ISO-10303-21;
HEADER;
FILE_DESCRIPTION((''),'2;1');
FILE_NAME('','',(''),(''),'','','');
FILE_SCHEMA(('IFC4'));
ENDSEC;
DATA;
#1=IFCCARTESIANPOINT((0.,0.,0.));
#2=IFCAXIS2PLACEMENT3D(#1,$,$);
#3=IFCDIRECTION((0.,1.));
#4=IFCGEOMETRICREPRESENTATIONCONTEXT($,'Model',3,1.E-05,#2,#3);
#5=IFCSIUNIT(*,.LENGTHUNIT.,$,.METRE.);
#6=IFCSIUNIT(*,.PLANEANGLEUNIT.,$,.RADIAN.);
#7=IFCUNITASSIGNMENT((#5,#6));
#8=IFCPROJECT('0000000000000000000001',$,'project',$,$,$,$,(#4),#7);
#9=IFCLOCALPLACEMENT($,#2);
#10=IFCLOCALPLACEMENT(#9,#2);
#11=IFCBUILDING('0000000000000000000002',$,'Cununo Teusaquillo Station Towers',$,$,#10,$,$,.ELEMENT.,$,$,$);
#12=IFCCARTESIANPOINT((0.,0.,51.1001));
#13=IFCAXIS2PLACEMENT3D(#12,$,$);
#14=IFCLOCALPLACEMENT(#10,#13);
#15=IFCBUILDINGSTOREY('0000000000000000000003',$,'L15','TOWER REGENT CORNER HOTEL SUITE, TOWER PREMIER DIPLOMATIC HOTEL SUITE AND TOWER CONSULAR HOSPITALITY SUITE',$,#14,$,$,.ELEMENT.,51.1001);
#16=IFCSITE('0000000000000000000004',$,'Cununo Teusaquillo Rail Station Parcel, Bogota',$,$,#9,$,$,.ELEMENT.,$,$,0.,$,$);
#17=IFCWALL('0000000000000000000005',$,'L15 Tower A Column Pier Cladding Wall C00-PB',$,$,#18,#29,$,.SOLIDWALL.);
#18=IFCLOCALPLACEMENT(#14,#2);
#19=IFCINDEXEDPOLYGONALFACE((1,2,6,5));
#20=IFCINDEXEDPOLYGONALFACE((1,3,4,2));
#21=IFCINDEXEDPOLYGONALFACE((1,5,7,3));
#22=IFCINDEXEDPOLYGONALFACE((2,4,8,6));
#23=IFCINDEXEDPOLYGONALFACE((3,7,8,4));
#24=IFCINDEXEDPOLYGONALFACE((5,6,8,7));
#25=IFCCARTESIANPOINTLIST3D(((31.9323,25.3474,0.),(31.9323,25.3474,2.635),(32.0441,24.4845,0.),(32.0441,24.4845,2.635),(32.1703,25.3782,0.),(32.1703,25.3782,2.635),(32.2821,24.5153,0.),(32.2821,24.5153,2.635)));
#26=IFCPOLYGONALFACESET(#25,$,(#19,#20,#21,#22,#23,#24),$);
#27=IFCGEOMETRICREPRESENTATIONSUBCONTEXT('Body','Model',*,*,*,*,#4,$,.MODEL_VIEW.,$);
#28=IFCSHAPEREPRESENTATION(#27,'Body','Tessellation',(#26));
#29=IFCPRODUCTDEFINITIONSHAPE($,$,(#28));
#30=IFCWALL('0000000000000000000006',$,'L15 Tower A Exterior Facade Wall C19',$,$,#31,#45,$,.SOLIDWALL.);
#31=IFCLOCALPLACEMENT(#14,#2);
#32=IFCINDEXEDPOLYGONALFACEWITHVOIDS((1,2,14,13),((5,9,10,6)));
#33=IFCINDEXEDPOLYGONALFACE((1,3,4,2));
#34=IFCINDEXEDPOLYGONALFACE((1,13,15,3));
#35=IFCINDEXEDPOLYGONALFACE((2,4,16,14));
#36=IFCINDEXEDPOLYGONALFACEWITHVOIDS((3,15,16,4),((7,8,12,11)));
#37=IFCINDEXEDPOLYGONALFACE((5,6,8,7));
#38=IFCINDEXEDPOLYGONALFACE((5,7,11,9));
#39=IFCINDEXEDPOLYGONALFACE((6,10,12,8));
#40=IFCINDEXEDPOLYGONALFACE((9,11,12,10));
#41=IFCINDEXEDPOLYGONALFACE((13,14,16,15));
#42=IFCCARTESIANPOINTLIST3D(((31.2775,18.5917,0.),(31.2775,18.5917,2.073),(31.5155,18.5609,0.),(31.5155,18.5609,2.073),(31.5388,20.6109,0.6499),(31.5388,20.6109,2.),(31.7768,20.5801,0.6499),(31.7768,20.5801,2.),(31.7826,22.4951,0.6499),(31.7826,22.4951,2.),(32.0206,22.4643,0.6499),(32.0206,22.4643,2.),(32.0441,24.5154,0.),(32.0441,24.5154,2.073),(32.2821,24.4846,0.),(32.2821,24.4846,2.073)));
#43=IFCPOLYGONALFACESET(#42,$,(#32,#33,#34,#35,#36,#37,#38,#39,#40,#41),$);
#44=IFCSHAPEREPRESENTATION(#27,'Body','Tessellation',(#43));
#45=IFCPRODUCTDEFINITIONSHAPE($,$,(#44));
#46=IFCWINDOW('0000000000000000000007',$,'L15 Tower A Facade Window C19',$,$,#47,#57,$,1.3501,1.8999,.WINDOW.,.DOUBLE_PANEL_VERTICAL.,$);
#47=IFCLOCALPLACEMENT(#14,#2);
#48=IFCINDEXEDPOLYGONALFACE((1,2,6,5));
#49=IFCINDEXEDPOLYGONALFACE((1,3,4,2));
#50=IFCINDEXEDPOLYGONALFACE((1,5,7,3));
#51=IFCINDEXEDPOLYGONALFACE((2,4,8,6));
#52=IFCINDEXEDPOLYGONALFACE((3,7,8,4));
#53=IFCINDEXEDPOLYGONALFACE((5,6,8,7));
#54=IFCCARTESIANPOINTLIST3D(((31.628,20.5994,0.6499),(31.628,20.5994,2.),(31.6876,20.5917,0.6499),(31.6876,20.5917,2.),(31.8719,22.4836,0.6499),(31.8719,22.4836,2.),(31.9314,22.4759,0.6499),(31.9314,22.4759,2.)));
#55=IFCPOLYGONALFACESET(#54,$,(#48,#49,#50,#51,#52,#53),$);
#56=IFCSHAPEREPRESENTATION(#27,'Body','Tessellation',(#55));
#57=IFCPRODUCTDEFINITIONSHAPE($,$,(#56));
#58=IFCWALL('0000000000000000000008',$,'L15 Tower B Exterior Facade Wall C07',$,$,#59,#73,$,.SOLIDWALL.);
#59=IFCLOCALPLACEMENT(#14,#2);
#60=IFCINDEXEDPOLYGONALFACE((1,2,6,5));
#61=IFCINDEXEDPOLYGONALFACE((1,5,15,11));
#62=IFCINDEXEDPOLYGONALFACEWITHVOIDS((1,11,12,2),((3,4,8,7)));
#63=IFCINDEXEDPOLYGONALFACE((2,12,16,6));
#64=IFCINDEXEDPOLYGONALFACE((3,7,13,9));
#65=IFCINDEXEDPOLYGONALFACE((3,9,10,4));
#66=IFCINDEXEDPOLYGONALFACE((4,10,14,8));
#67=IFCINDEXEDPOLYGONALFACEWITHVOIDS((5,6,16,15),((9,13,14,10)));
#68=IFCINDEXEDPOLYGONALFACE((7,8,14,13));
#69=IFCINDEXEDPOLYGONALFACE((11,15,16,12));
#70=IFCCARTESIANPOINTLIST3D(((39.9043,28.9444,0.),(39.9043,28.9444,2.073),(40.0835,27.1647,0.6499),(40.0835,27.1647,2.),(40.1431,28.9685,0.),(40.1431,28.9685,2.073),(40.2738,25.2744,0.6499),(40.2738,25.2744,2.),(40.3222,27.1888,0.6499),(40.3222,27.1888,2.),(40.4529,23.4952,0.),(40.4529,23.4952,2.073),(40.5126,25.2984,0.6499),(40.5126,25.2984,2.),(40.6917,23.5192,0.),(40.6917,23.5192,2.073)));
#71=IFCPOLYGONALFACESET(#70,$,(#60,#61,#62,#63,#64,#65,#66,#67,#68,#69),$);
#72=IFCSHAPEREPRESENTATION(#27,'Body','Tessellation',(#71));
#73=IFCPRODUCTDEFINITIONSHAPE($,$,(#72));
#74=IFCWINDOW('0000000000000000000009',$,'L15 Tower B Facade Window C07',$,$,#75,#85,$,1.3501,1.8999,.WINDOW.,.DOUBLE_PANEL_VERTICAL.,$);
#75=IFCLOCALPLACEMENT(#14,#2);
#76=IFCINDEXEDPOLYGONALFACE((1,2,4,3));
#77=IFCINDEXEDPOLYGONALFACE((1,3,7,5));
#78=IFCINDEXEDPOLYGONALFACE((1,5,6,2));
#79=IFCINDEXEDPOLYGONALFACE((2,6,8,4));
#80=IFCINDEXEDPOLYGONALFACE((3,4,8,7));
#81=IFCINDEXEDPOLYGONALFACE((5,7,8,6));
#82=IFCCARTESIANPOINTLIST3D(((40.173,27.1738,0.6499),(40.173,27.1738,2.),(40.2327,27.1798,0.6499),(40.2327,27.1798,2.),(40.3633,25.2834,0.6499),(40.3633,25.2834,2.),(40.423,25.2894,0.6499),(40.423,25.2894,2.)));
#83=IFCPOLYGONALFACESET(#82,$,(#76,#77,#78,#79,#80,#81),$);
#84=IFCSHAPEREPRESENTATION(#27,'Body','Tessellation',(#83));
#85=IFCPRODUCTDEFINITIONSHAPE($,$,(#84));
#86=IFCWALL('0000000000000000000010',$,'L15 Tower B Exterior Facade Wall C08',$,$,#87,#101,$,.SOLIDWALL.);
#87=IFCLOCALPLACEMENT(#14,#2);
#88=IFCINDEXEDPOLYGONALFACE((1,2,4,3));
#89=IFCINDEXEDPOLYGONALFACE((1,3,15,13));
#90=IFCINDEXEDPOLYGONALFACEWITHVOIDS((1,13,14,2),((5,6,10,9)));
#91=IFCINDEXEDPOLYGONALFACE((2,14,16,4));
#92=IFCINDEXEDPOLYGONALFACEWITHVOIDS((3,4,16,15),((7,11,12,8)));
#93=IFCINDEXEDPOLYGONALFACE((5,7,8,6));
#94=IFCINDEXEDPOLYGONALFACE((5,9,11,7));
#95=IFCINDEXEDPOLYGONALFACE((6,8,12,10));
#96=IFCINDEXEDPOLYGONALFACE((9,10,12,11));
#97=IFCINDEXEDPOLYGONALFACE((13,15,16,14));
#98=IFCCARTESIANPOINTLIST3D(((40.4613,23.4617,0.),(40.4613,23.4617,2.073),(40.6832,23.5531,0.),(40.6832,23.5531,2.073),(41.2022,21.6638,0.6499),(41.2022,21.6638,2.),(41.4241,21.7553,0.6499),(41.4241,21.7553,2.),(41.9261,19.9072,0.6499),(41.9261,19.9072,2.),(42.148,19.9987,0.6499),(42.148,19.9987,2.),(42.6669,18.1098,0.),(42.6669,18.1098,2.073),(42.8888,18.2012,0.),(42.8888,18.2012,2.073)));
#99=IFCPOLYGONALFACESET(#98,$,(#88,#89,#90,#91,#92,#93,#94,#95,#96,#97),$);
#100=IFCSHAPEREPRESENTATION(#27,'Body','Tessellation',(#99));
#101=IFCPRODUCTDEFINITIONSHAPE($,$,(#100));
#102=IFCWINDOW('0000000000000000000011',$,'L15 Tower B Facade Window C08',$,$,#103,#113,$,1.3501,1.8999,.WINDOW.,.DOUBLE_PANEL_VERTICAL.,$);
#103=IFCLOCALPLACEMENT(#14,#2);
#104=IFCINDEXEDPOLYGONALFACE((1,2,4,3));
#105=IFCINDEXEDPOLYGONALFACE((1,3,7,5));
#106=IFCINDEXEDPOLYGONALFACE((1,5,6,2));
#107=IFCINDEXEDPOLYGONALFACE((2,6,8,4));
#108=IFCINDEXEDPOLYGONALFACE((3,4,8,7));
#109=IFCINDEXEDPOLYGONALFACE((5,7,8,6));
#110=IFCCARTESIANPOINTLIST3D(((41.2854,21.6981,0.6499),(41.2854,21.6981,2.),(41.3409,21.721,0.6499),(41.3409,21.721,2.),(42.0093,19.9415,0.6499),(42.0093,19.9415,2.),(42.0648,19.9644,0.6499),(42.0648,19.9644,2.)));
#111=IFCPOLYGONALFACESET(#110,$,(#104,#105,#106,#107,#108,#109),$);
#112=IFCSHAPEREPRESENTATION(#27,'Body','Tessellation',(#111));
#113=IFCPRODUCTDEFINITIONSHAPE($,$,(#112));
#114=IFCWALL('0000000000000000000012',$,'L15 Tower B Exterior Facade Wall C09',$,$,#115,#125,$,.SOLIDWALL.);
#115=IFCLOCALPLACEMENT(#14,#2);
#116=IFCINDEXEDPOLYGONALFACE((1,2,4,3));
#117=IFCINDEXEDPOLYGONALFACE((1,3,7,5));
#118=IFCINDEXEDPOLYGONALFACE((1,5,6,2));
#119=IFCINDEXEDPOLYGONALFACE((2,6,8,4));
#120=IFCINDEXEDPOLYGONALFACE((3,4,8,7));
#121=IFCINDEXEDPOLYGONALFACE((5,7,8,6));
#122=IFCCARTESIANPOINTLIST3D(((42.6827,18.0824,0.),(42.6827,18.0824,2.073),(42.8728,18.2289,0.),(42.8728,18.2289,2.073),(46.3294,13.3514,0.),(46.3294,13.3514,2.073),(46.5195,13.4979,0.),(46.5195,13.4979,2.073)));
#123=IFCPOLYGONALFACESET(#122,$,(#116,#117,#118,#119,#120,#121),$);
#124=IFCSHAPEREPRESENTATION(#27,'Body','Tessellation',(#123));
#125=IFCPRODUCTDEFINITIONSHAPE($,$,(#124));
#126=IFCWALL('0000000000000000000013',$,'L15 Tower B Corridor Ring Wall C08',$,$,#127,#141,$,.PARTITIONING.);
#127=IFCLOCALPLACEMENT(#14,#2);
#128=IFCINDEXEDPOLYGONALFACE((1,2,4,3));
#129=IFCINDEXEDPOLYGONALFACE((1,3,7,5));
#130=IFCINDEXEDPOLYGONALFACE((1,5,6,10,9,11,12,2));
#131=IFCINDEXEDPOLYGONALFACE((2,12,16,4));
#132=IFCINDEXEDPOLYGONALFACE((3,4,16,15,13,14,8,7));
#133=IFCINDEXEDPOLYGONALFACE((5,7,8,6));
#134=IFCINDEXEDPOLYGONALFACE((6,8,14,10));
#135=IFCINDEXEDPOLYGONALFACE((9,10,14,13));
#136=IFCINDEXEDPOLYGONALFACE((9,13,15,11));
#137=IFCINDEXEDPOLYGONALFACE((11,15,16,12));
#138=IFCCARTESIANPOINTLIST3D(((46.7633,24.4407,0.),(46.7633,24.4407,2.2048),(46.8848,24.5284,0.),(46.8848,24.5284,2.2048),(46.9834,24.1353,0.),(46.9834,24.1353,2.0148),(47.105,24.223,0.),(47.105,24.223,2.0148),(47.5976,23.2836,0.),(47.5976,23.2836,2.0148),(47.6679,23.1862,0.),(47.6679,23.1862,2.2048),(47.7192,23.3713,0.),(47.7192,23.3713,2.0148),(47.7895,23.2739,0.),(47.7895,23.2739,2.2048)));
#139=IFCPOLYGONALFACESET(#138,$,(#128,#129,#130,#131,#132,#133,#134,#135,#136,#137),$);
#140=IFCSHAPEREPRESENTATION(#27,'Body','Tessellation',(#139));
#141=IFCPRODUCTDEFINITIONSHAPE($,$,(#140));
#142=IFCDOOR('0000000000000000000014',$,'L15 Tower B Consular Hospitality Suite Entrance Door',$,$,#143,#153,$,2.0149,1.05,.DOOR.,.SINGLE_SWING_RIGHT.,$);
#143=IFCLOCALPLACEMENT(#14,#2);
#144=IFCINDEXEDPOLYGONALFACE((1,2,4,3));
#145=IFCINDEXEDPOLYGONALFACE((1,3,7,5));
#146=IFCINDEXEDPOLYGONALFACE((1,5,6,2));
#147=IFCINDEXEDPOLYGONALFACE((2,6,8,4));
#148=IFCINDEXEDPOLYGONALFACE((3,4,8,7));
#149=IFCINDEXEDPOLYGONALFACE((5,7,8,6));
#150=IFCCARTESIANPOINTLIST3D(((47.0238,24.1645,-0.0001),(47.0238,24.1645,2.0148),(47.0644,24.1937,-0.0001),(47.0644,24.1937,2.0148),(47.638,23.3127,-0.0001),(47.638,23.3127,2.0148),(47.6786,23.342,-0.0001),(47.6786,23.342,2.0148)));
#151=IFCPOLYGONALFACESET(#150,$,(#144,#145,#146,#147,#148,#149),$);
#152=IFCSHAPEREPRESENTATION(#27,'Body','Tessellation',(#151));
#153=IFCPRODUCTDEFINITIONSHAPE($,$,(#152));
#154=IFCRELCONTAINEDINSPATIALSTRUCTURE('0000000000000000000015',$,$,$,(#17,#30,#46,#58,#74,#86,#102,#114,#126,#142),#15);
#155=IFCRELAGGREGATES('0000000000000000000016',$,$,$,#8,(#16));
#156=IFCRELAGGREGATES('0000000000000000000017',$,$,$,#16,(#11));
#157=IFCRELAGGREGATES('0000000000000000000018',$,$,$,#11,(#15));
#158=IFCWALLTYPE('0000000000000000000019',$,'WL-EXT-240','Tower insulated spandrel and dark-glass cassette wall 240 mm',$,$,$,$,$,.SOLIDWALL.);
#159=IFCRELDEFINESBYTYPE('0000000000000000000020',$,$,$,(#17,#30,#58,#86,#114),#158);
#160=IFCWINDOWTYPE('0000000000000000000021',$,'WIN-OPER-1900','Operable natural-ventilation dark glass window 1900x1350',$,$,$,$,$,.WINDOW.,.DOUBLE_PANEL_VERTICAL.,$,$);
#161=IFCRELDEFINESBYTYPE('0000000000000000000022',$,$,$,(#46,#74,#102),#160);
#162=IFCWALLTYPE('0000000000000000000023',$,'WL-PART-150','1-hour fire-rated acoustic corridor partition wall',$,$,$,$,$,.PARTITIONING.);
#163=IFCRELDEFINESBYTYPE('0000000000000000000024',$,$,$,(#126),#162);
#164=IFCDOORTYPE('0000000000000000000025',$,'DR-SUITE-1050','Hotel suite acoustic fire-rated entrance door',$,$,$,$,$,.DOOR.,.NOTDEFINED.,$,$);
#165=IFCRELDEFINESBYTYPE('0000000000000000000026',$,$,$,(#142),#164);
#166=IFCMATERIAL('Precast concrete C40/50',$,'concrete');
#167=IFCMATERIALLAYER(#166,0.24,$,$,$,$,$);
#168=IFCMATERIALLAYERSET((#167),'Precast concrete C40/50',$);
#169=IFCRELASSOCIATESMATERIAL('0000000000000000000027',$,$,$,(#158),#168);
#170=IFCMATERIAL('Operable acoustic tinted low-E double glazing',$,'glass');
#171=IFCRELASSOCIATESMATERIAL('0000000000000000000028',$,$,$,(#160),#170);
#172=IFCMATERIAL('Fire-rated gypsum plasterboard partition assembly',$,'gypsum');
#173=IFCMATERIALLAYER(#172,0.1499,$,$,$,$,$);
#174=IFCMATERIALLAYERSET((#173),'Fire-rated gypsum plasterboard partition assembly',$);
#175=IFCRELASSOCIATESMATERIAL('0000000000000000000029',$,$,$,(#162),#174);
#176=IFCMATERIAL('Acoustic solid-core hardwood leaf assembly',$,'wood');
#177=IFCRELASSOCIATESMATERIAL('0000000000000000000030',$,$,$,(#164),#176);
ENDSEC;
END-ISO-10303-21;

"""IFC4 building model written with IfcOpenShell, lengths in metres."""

from ifc_helpers import new_model, si_unit, direction, frame, frame_2d, origin, place, context, subcontext, project, spatial, rectangle, extrude, source, transform, mapped, material, layer, layer_set, type_object, element, fill, save


model = new_model("IFC4")

# Units and contexts
model_context = context("Model", 3, precision=1e-05, world=origin(), true_north=direction((0.0, 1.0)))
body_context = subcontext(model_context, "Body", "Model", "MODEL_VIEW")
ifc_project = project(units=[si_unit("LENGTHUNIT", "METRE"), si_unit("PLANEANGLEUNIT", "RADIAN")], contexts=[model_context])

# Site, building, storey
site_placement = place(None, origin())
site = spatial("IfcSite", under=ifc_project, at=site_placement, Name="Cununo Teusaquillo Rail Station Parcel, Bogota", CompositionType="ELEMENT", RefElevation=0.0)
building_placement = place(site_placement, origin())
building = spatial("IfcBuilding", under=site, at=building_placement, Name="Cununo Teusaquillo Station Towers", CompositionType="ELEMENT")
storey_placement = place(building_placement, frame((0.0, 0.0, 51.1001)))
storey = spatial("IfcBuildingStorey", under=building, at=storey_placement, Name="L15", Description="TOWER REGENT CORNER HOTEL SUITE, TOWER PREMIER DIPLOMATIC HOTEL SUITE AND TOWER CONSULAR HOSPITALITY SUITE", CompositionType="ELEMENT", Elevation=51.1001)

# Wall
ifc_material_1 = material(Name="Precast concrete C40/50", Category="concrete")
ifc_layer_1 = layer(ifc_material_1, 0.24)
ifc_layer_set_1 = layer_set([ifc_layer_1], Name="Precast concrete C40/50")
wall_type_1 = type_object("IfcWallType", Name="WL-EXT-240", Description="Tower insulated spandrel and dark-glass cassette wall 240 mm", PredefinedType="SOLIDWALL", material=ifc_layer_set_1)
wall_1_placement = place(storey_placement, frame((32.0513, 25.3628, 0.0), z_axis=(0.0, 0.0, 1.0), x_axis=(0.128523, -0.991706, 0.0)))
element("IfcWall", 1, at=wall_1_placement, inside=storey, type_object=wall_type_1, Name="L15 Tower A Column Pier Cladding Wall C00-PB", PredefinedType="SOLIDWALL", context=body_context, shape_type="SweptSolid", body=[
    extrude(rectangle(XDim=0.8701, YDim=0.24, at=frame_2d((0.4351, 0.0))), origin(), (0.0, 0.0, 1.0), 2.635),
])

# Walls, openings, windows
wall_2_placement = place(storey_placement, frame((32.1631, 24.5, 0.0), z_axis=(0.0, 0.0, 1.0), x_axis=(-0.12834, -0.99173, 0.0)))
wall_2 = element("IfcWall", 2, at=wall_2_placement, inside=storey, type_object=wall_type_1, Name="L15 Tower A Exterior Facade Wall C19", PredefinedType="SOLIDWALL", context=body_context, shape_type="SweptSolid", body=[
    extrude(rectangle(XDim=5.9731, YDim=0.24, at=frame_2d((2.9866, 0.0))), origin(), (0.0, 0.0, 1.0), 2.073),
])
shared_shape_1 = source(origin(), body_context, "Body", "SweptSolid", [
    extrude(rectangle(XDim=1.8999, YDim=1.3501, at=frame_2d((0.95, 0.675))), frame((0.0, 0.1299, 0.0), z_axis=(0.0, -1.0, 0.0), x_axis=(1.0, 0.0, 0.0)), (0.0, 0.0, 1.0), 0.26),
])
opening_1_placement = place(wall_2_placement, frame((2.0371, 0.0, 0.6499)))
opening_1 = element("IfcOpeningElement", 3, at=opening_1_placement, cuts=wall_2, PredefinedType="OPENING", context=body_context, shape_type="MappedRepresentation", body=[
    mapped(shared_shape_1, transform((0.0, 0.0, 0.0), x_axis=(1.0, 0.0, 0.0), y_axis=(0.0, 1.0, 0.0), z_axis=(0.0, 0.0, 1.0), scale=1.0)),
])
ifc_material_2 = material(Name="Operable acoustic tinted low-E double glazing", Category="glass")
window_type = type_object("IfcWindowType", Name="WIN-OPER-1900", Description="Operable natural-ventilation dark glass window 1900x1350", PartitioningType="DOUBLE_PANEL_VERTICAL", PredefinedType="WINDOW", material=ifc_material_2)
shared_shape_2 = source(origin(), body_context, "Body", "SweptSolid", [
    extrude(rectangle(XDim=1.8999, YDim=1.3501, at=frame_2d((0.95, 0.675))), frame((0.0, 0.03, 0.0), z_axis=(0.0, -1.0, 0.0), x_axis=(1.0, 0.0, 0.0)), (0.0, 0.0, 1.0), 0.0601),
])
window_1_placement = place(opening_1_placement, origin())
window_1 = element("IfcWindow", 4, at=window_1_placement, inside=storey, type_object=window_type, Name="L15 Tower A Facade Window C19", OverallHeight=1.3501, OverallWidth=1.8999, PartitioningType="DOUBLE_PANEL_VERTICAL", PredefinedType="WINDOW", context=body_context, shape_type="MappedRepresentation", body=[
    mapped(shared_shape_2, transform((0.0, 0.0, 0.0), x_axis=(1.0, 0.0, 0.0), y_axis=(0.0, 1.0, 0.0), z_axis=(0.0, 0.0, 1.0), scale=1.0)),
])
fill(opening_1, window_1)
wall_3_placement = place(storey_placement, frame((40.5723, 23.5073, 0.0), z_axis=(0.0, 0.0, 1.0), x_axis=(-0.100166, 0.994971, 0.0)))
wall_3 = element("IfcWall", 5, at=wall_3_placement, inside=storey, type_object=wall_type_1, Name="L15 Tower B Exterior Facade Wall C07", PredefinedType="SOLIDWALL", context=body_context, shape_type="SweptSolid", body=[
    extrude(rectangle(XDim=5.4768, YDim=0.24, at=frame_2d((2.7383, 0.0))), origin(), (0.0, 0.0, 1.0), 2.073),
])
opening_2_placement = place(wall_3_placement, frame((1.7881, 0.0, 0.6499)))
opening_2 = element("IfcOpeningElement", 6, at=opening_2_placement, cuts=wall_3, PredefinedType="OPENING", context=body_context, shape_type="MappedRepresentation", body=[
    mapped(shared_shape_1, transform((0.0, 0.0, 0.0), x_axis=(1.0, 0.0, 0.0), y_axis=(0.0, 1.0, 0.0), z_axis=(0.0, 0.0, 1.0), scale=1.0)),
])
window_2_placement = place(opening_2_placement, origin())
window_2 = element("IfcWindow", 7, at=window_2_placement, inside=storey, type_object=window_type, Name="L15 Tower B Facade Window C07", OverallHeight=1.3501, OverallWidth=1.8999, PartitioningType="DOUBLE_PANEL_VERTICAL", PredefinedType="WINDOW", context=body_context, shape_type="MappedRepresentation", body=[
    mapped(shared_shape_2, transform((0.0, 0.0, 0.0), x_axis=(1.0, 0.0, 0.0), y_axis=(0.0, 1.0, 0.0), z_axis=(0.0, 0.0, 1.0), scale=1.0)),
])
fill(opening_2, window_2)
wall_4_placement = place(storey_placement, frame((42.7778, 18.1555, 0.0), z_axis=(0.0, 0.0, 1.0), x_axis=(-0.381028, 0.924564, 0.0)))
wall_4 = element("IfcWall", 8, at=wall_4_placement, inside=storey, type_object=wall_type_1, Name="L15 Tower B Exterior Facade Wall C08", PredefinedType="SOLIDWALL", context=body_context, shape_type="SweptSolid", body=[
    extrude(rectangle(XDim=5.7886, YDim=0.24, at=frame_2d((2.8943, 0.0))), origin(), (0.0, 0.0, 1.0), 2.073),
])
opening_3_placement = place(wall_4_placement, frame((1.9441, 0.0, 0.6499)))
opening_3 = element("IfcOpeningElement", 9, at=opening_3_placement, cuts=wall_4, PredefinedType="OPENING", context=body_context, shape_type="MappedRepresentation", body=[
    mapped(shared_shape_1, transform((0.0, 0.0, 0.0), x_axis=(1.0, 0.0, 0.0), y_axis=(0.0, 1.0, 0.0), z_axis=(0.0, 0.0, 1.0), scale=1.0)),
])
window_3_placement = place(opening_3_placement, origin())
window_3 = element("IfcWindow", 10, at=window_3_placement, inside=storey, type_object=window_type, Name="L15 Tower B Facade Window C08", OverallHeight=1.3501, OverallWidth=1.8999, PartitioningType="DOUBLE_PANEL_VERTICAL", PredefinedType="WINDOW", context=body_context, shape_type="MappedRepresentation", body=[
    mapped(shared_shape_2, transform((0.0, 0.0, 0.0), x_axis=(1.0, 0.0, 0.0), y_axis=(0.0, 1.0, 0.0), z_axis=(0.0, 0.0, 1.0), scale=1.0)),
])
fill(opening_3, window_3)

# Wall
wall_5_placement = place(storey_placement, frame((46.4246, 13.4246, 0.0), z_axis=(0.0, 0.0, 1.0), x_axis=(-0.610503, 0.792014, 0.0)))
element("IfcWall", 11, at=wall_5_placement, inside=storey, type_object=wall_type_1, Name="L15 Tower B Exterior Facade Wall C09", PredefinedType="SOLIDWALL", context=body_context, shape_type="SweptSolid", body=[
    extrude(rectangle(XDim=5.9734, YDim=0.24, at=frame_2d((2.9868, 0.0))), origin(), (0.0, 0.0, 1.0), 2.073),
])

# Wall, opening, door
ifc_material_3 = material(Name="Fire-rated gypsum plasterboard partition assembly", Category="gypsum")
ifc_layer_2 = layer(ifc_material_3, 0.1499)
ifc_layer_set_2 = layer_set([ifc_layer_2], Name="Fire-rated gypsum plasterboard partition assembly")
wall_type_2 = type_object("IfcWallType", Name="WL-PART-150", Description="1-hour fire-rated acoustic corridor partition wall", PredefinedType="PARTITIONING", material=ifc_layer_set_2)
wall_6_placement = place(storey_placement, frame((46.824, 24.4846, 0.0), z_axis=(0.0, 0.0, 1.0), x_axis=(0.584891, -0.811112, 0.0)))
wall_6 = element("IfcWall", 12, at=wall_6_placement, inside=storey, type_object=wall_type_2, Name="L15 Tower B Corridor Ring Wall C08", PredefinedType="PARTITIONING", context=body_context, shape_type="SweptSolid", body=[
    extrude(rectangle(XDim=1.5466, YDim=0.1499, at=frame_2d((0.7734, 0.0))), origin(), (0.0, 0.0, 1.0), 2.2048),
])
shared_shape_3 = source(origin(), body_context, "Body", "SweptSolid", [
    extrude(rectangle(XDim=1.05, YDim=2.0149, at=frame_2d((0.5249, 1.0073))), frame((0.0, 0.085, 0.0), z_axis=(0.0, -1.0, 0.0), x_axis=(1.0, 0.0, 0.0)), (0.0, 0.0, 1.0), 0.1699),
])
opening_4_placement = place(wall_6_placement, frame((0.3767, 0.0, 0.0)))
opening_4 = element("IfcOpeningElement", 13, at=opening_4_placement, cuts=wall_6, PredefinedType="OPENING", context=body_context, shape_type="MappedRepresentation", body=[
    mapped(shared_shape_3, transform((0.0, 0.0, 0.0), x_axis=(1.0, 0.0, 0.0), y_axis=(0.0, 1.0, 0.0), z_axis=(0.0, 0.0, 1.0), scale=1.0)),
])
ifc_material_4 = material(Name="Acoustic solid-core hardwood leaf assembly", Category="wood")
door_type = type_object("IfcDoorType", Name="DR-SUITE-1050", Description="Hotel suite acoustic fire-rated entrance door", OperationType="NOTDEFINED", PredefinedType="DOOR", material=ifc_material_4)
shared_shape_4 = source(origin(), body_context, "Body", "SweptSolid", [
    extrude(rectangle(XDim=1.05, YDim=2.0149, at=frame_2d((0.5249, 1.0073))), frame((0.0, 0.0249, 0.0), z_axis=(0.0, -1.0, 0.0), x_axis=(1.0, 0.0, 0.0)), (0.0, 0.0, 1.0), 0.05),
])
door_placement = place(opening_4_placement, origin())
door = element("IfcDoor", 14, at=door_placement, inside=storey, type_object=door_type, Name="L15 Tower B Consular Hospitality Suite Entrance Door", OperationType="SINGLE_SWING_RIGHT", OverallHeight=2.0149, OverallWidth=1.05, PredefinedType="DOOR", context=body_context, shape_type="MappedRepresentation", body=[
    mapped(shared_shape_4, transform((0.0, 0.0, 0.0), x_axis=(1.0, 0.0, 0.0), y_axis=(0.0, 1.0, 0.0), z_axis=(0.0, 0.0, 1.0), scale=1.0)),
])
fill(opening_4, door)

save(model, "model.ifc")
